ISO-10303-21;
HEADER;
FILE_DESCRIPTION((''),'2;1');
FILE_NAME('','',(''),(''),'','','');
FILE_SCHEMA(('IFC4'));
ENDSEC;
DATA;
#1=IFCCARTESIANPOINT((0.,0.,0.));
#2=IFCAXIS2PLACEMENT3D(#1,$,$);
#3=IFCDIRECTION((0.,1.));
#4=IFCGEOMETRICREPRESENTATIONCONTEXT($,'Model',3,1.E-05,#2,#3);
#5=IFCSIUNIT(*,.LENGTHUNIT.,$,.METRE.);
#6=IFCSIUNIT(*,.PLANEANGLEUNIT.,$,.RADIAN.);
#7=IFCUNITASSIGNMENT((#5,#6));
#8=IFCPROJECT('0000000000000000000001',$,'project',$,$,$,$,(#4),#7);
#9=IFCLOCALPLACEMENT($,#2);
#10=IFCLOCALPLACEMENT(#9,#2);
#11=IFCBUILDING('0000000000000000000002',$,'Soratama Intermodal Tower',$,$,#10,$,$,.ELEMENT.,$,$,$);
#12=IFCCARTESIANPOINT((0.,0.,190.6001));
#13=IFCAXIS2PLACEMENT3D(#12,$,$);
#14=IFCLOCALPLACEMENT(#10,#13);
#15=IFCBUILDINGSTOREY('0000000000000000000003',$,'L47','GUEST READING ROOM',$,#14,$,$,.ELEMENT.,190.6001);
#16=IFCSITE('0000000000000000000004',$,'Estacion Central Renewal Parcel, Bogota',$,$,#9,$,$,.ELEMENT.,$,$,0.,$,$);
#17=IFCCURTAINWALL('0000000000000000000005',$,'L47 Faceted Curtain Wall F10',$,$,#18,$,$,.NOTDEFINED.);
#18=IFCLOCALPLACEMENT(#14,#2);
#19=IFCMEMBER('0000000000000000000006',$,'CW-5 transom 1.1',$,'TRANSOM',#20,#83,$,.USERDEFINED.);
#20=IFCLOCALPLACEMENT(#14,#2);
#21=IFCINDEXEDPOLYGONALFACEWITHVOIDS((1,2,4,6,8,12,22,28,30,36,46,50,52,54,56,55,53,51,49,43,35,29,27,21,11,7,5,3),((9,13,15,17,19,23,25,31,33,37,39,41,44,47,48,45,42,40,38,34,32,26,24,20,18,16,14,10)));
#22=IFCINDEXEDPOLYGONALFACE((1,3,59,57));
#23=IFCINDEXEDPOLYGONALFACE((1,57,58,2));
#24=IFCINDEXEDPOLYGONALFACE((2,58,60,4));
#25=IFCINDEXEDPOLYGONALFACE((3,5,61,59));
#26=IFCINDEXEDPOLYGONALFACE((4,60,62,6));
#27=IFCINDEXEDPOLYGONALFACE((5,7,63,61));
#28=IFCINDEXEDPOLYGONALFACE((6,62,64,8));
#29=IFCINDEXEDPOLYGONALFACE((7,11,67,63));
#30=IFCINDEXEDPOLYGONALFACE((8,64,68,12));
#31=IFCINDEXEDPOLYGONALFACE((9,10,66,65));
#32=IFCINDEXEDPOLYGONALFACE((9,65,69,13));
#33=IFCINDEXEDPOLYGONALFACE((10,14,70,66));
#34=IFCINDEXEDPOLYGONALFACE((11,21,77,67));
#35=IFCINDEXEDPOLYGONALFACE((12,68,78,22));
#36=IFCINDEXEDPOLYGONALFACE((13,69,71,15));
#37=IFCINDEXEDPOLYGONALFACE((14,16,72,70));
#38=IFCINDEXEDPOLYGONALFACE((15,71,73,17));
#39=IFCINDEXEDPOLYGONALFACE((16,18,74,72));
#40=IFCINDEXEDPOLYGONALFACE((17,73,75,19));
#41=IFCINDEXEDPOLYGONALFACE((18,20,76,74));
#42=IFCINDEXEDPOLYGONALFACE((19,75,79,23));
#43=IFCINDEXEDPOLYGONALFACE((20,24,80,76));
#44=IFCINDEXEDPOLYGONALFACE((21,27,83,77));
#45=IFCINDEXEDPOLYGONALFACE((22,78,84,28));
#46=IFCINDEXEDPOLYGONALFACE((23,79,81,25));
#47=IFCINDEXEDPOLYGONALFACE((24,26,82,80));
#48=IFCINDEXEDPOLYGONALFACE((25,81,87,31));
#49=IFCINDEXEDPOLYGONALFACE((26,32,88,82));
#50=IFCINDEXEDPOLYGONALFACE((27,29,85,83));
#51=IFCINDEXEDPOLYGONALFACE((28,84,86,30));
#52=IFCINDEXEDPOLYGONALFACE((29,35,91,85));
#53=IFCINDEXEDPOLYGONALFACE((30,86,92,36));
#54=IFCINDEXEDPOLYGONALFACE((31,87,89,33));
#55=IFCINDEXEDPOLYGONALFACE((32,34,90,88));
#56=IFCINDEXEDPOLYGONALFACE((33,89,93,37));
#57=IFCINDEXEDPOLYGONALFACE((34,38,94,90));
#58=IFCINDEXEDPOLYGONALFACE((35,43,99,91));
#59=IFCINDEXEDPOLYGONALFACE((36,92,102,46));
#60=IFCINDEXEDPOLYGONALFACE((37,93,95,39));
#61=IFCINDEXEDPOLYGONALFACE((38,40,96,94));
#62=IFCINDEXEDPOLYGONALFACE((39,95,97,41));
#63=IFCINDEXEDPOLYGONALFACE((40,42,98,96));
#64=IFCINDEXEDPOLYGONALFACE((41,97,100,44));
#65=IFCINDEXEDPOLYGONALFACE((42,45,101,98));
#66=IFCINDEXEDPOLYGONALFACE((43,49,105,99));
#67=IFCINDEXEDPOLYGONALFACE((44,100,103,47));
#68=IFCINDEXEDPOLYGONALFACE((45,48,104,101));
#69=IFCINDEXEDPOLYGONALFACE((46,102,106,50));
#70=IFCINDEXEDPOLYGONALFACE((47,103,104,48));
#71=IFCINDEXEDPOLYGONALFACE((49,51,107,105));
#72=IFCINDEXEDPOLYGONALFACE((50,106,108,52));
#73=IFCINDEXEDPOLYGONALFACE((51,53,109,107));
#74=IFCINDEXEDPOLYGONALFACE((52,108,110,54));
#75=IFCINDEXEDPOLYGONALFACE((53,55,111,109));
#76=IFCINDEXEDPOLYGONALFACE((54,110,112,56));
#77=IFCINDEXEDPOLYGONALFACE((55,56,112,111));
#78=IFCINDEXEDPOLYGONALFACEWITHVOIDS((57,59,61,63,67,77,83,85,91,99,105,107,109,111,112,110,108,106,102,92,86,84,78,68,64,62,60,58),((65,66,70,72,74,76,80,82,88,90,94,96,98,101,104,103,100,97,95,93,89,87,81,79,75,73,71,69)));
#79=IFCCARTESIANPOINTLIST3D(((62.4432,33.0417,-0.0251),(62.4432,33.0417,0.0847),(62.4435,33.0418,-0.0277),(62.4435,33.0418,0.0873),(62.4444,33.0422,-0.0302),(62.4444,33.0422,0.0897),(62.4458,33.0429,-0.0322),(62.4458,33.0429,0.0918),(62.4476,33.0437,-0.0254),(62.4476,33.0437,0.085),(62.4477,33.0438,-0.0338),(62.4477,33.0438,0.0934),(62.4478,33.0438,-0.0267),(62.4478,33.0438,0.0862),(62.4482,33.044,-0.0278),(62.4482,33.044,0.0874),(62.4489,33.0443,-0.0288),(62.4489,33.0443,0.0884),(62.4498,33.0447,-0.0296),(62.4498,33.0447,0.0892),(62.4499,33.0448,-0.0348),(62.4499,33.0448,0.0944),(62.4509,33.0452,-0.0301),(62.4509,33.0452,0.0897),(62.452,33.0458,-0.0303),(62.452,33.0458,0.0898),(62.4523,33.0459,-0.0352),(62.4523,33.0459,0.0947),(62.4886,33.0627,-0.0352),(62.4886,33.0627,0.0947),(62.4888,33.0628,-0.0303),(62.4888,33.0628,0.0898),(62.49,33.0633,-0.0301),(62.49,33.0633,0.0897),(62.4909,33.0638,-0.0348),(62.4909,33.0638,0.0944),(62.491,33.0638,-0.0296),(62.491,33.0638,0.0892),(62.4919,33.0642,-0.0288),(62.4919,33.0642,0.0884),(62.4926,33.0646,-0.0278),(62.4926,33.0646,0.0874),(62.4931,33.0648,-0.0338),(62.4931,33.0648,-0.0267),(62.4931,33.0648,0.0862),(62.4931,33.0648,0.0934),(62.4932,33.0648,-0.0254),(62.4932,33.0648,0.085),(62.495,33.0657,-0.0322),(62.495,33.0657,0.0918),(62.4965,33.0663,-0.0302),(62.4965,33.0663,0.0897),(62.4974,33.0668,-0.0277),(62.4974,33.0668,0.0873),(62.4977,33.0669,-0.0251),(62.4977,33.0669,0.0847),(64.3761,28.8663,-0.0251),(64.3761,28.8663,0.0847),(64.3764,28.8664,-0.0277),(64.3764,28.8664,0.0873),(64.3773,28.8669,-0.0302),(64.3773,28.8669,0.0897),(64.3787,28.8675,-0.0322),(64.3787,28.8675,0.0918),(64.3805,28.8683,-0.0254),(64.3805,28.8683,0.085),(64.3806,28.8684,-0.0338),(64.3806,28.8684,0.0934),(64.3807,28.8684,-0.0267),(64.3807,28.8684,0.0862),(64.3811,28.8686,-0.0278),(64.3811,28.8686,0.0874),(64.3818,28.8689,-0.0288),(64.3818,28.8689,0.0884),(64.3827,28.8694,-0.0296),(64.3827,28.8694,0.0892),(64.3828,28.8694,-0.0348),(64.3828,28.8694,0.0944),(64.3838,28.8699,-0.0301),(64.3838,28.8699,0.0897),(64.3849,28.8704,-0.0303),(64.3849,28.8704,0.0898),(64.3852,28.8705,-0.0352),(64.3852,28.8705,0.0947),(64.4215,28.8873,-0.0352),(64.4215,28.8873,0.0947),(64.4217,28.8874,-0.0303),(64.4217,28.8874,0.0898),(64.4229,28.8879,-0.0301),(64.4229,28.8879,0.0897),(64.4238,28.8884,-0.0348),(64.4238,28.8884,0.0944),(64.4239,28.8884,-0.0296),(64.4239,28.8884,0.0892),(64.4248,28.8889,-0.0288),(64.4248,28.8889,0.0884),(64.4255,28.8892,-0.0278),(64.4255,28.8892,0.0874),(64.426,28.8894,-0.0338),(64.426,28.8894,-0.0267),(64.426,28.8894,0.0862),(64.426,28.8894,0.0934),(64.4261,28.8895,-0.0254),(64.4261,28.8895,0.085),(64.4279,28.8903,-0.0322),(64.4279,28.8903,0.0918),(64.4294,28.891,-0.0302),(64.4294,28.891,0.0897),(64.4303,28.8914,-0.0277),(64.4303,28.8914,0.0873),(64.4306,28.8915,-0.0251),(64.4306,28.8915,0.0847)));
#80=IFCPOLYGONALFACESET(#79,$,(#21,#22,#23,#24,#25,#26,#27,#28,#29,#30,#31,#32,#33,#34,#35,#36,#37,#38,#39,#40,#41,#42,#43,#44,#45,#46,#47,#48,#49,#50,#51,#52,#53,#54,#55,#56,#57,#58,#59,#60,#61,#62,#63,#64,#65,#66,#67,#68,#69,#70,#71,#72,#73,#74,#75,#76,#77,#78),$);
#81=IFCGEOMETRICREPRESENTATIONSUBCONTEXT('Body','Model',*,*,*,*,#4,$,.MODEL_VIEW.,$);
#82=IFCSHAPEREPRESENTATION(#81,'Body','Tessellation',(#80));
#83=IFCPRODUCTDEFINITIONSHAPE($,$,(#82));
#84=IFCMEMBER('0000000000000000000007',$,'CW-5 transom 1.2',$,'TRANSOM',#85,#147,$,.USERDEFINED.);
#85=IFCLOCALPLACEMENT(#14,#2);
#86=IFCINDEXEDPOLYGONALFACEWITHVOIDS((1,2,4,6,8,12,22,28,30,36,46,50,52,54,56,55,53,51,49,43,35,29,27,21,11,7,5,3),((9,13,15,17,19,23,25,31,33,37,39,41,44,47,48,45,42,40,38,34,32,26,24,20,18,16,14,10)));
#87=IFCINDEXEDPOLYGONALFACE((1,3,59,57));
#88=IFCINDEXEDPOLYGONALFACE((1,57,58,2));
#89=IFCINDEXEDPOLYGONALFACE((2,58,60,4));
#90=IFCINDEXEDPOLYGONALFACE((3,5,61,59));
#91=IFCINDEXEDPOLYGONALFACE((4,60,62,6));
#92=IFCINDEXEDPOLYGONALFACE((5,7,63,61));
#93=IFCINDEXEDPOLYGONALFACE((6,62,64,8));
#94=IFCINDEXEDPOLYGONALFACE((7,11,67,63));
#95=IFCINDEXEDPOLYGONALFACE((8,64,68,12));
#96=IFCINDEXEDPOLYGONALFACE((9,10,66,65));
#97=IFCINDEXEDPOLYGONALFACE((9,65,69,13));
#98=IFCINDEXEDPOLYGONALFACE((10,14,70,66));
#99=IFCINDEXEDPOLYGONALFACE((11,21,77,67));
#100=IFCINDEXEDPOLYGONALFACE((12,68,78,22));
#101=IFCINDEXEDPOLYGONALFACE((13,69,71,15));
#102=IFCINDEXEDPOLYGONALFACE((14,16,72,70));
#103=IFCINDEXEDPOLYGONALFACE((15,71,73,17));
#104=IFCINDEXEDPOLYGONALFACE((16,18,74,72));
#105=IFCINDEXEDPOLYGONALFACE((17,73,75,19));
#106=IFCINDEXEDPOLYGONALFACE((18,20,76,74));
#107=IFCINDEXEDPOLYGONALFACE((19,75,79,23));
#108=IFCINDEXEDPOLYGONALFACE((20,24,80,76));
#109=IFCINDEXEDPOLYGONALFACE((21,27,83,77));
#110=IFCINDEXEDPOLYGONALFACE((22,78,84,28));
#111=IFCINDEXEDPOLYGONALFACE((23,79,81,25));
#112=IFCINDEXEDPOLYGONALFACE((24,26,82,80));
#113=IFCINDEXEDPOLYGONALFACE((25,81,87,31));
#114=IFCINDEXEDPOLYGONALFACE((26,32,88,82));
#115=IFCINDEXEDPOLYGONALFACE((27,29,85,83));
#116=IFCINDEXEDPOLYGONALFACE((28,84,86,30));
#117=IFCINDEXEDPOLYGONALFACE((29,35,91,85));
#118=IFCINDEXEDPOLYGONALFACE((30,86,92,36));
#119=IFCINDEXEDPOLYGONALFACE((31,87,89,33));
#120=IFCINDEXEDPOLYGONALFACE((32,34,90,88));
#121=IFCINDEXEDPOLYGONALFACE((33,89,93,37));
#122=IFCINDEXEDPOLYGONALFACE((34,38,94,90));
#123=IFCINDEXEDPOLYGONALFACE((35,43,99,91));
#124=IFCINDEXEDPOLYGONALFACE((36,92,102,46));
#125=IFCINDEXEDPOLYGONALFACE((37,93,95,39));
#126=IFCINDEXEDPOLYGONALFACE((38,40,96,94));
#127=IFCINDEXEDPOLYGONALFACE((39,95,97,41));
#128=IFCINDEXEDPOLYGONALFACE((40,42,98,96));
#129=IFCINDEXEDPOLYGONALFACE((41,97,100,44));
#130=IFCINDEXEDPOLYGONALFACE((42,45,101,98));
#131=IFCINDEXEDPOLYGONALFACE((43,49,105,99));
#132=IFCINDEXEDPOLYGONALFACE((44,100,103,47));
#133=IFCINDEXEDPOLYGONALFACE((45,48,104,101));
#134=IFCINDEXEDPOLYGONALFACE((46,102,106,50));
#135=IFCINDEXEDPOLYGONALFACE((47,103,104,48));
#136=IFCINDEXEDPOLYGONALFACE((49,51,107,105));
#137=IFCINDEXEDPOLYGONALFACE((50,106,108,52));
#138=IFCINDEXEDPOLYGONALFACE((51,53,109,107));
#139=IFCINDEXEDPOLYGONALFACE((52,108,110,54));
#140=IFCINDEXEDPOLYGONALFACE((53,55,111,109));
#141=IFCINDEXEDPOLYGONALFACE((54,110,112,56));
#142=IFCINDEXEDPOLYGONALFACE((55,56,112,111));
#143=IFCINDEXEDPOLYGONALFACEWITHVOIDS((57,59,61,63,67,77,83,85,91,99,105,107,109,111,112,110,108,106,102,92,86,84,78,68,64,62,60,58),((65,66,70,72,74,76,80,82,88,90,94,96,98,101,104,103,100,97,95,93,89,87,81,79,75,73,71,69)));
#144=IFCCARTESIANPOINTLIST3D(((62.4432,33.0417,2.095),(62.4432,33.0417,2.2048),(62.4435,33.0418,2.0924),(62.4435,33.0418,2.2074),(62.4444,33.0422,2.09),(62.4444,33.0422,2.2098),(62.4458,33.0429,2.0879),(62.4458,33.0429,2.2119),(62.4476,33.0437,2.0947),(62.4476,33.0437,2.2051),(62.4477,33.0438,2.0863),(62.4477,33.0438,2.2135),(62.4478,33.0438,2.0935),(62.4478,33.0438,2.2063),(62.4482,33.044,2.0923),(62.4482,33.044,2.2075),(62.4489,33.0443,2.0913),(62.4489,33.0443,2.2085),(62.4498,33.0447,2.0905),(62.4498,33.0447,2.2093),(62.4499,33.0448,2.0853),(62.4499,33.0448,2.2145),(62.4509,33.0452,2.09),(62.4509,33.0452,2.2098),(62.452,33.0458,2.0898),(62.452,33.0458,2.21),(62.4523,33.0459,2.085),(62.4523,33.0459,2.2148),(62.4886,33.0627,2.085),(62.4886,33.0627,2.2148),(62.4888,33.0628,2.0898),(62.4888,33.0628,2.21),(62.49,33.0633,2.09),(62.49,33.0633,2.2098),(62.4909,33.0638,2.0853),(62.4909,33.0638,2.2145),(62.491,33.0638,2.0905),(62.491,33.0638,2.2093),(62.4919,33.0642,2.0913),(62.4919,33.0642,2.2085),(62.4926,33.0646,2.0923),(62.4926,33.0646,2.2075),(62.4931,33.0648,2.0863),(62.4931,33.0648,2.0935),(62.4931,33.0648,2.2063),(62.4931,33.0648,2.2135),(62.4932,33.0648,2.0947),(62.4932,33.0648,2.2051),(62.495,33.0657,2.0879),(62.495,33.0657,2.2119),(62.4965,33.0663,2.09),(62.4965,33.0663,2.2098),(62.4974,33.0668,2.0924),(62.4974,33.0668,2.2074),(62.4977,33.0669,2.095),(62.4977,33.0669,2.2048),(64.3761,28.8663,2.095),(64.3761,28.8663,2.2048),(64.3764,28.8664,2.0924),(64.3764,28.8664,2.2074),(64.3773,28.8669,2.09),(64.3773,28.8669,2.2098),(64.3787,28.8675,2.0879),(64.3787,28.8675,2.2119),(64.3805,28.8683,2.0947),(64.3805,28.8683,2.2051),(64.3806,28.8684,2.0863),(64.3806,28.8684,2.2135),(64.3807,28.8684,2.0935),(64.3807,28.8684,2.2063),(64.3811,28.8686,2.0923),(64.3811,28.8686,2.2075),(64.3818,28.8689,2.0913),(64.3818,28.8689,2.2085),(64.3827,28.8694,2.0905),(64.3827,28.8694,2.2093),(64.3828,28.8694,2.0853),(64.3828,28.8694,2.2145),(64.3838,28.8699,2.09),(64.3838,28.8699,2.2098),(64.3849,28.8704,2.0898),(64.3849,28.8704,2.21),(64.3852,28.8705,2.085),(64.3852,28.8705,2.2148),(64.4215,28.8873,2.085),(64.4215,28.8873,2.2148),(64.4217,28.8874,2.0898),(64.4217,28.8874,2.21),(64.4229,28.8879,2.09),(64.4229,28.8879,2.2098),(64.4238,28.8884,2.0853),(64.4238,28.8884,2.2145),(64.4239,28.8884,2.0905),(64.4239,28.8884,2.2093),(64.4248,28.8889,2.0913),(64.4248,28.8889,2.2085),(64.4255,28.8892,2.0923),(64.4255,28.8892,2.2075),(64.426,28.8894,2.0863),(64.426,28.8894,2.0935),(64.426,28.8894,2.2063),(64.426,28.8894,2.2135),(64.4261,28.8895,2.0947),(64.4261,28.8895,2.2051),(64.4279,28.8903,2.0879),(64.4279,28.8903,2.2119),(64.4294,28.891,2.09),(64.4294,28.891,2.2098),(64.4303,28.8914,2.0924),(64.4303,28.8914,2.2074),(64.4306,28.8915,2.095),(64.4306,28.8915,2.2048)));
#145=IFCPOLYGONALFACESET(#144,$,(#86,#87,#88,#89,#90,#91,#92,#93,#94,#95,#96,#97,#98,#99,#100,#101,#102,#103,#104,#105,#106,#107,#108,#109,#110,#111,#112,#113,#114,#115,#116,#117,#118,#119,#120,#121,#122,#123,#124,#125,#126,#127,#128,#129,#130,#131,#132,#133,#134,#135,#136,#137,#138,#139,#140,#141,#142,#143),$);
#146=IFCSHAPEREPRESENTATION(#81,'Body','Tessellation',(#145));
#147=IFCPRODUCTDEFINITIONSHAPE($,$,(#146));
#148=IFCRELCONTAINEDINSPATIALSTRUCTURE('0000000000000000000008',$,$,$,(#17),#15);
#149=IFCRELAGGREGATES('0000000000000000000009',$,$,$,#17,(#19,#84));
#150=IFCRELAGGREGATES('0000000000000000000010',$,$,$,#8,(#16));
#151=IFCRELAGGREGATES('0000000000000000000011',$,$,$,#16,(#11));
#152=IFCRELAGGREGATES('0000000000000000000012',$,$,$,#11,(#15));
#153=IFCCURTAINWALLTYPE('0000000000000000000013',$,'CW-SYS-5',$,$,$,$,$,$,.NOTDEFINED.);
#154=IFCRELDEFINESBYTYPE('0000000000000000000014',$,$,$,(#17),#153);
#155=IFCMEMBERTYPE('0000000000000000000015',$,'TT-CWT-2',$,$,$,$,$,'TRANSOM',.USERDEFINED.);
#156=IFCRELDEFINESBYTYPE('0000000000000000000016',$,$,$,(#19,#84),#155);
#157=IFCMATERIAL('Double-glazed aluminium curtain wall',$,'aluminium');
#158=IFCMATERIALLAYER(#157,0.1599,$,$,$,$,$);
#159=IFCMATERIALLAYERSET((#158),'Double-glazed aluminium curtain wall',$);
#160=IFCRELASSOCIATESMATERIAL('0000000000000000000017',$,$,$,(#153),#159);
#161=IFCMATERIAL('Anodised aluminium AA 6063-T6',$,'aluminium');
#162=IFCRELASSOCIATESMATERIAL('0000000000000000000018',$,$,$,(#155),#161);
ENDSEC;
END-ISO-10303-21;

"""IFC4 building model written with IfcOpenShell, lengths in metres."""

from ifc_helpers import new_model, si_unit, direction, frame, origin, origin_2d, place, context, subcontext, project, spatial, hollow_rectangle, extrude, material, layer, layer_set, material_profile, profile_set, type_object, element, aggregate, save


model = new_model("IFC4")

# Units and contexts
model_context = context("Model", 3, precision=1e-05, world=origin(), true_north=direction((0.0, 1.0)))
body_context = subcontext(model_context, "Body", "Model", "MODEL_VIEW")
ifc_project = project(units=[si_unit("LENGTHUNIT", "METRE"), si_unit("PLANEANGLEUNIT", "RADIAN")], contexts=[model_context])

# Site, building, storey
site_placement = place(None, origin())
site = spatial("IfcSite", under=ifc_project, at=site_placement, Name="Estacion Central Renewal Parcel, Bogota", CompositionType="ELEMENT", RefElevation=0.0)
building_placement = place(site_placement, origin())
building = spatial("IfcBuilding", under=site, at=building_placement, Name="Soratama Intermodal Tower", CompositionType="ELEMENT")
storey_placement = place(building_placement, frame((0.0, 0.0, 190.6001)))
storey = spatial("IfcBuildingStorey", under=building, at=storey_placement, Name="L47", Description="GUEST READING ROOM", CompositionType="ELEMENT", Elevation=190.6001)

# Curtain wall, members
ifc_material_1 = material(Name="Double-glazed aluminium curtain wall", Category="aluminium")
ifc_layer_1 = layer(ifc_material_1, 0.1599)
ifc_layer_set_1 = layer_set([ifc_layer_1], Name="Double-glazed aluminium curtain wall")
curtain_wall_type = type_object("IfcCurtainWallType", Name="CW-SYS-5", PredefinedType="NOTDEFINED", material=ifc_layer_set_1)
curtain_wall_placement = place(storey_placement, origin())
curtain_wall = element("IfcCurtainWall", 1, at=curtain_wall_placement, inside=storey, type_object=curtain_wall_type, Name="L47 Faceted Curtain Wall F10", PredefinedType="NOTDEFINED")
ifc_material_2 = material(Name="Anodised aluminium AA 6063-T6", Category="aluminium")
ifc_material_profile_1 = material_profile(ifc_material_2, hollow_rectangle(XDim=0.0601, YDim=0.1299, WallThickness=0.0049, InnerFilletRadius=0.0049, OuterFilletRadius=0.01, at=origin_2d()), Name="CWT130X60X5")
ifc_profile_set_1 = profile_set([ifc_material_profile_1], Name="Anodised aluminium AA 6063-T6")
member_type_1 = type_object("IfcMemberType", Name="TT-CWT-2", ElementType="TRANSOM", PredefinedType="USERDEFINED", material=ifc_profile_set_1)
member_1_placement = place(storey_placement, frame((64.4033, 28.8789, 0.0298), z_axis=(-0.420098, 0.907479, 0.0), x_axis=(-0.907479, -0.420098, 0.0)))
member_1 = element("IfcMember", 2, at=member_1_placement, type_object=member_type_1, Name="CW-5 transom 1.1", ObjectType="TRANSOM", PredefinedType="USERDEFINED", context=body_context, shape_type="SweptSolid", body=[
    extrude(hollow_rectangle(XDim=0.0601, YDim=0.1299, WallThickness=0.0049, InnerFilletRadius=0.0049, OuterFilletRadius=0.01, at=origin_2d()), origin(), (0.0, 0.0, 1.0), 4.6011),
])
member_2_placement = place(storey_placement, frame((64.4033, 28.8789, 2.1499), z_axis=(-0.420098, 0.907479, 0.0), x_axis=(-0.907479, -0.420098, 0.0)))
member_2 = element("IfcMember", 3, at=member_2_placement, type_object=member_type_1, Name="CW-5 transom 1.2", ObjectType="TRANSOM", PredefinedType="USERDEFINED", context=body_context, shape_type="SweptSolid", body=[
    extrude(hollow_rectangle(XDim=0.0601, YDim=0.1299, WallThickness=0.0049, InnerFilletRadius=0.0049, OuterFilletRadius=0.01, at=origin_2d()), origin(), (0.0, 0.0, 1.0), 4.6011),
])
aggregate(curtain_wall, [member_1, member_2])

save(model, "model.ifc")
